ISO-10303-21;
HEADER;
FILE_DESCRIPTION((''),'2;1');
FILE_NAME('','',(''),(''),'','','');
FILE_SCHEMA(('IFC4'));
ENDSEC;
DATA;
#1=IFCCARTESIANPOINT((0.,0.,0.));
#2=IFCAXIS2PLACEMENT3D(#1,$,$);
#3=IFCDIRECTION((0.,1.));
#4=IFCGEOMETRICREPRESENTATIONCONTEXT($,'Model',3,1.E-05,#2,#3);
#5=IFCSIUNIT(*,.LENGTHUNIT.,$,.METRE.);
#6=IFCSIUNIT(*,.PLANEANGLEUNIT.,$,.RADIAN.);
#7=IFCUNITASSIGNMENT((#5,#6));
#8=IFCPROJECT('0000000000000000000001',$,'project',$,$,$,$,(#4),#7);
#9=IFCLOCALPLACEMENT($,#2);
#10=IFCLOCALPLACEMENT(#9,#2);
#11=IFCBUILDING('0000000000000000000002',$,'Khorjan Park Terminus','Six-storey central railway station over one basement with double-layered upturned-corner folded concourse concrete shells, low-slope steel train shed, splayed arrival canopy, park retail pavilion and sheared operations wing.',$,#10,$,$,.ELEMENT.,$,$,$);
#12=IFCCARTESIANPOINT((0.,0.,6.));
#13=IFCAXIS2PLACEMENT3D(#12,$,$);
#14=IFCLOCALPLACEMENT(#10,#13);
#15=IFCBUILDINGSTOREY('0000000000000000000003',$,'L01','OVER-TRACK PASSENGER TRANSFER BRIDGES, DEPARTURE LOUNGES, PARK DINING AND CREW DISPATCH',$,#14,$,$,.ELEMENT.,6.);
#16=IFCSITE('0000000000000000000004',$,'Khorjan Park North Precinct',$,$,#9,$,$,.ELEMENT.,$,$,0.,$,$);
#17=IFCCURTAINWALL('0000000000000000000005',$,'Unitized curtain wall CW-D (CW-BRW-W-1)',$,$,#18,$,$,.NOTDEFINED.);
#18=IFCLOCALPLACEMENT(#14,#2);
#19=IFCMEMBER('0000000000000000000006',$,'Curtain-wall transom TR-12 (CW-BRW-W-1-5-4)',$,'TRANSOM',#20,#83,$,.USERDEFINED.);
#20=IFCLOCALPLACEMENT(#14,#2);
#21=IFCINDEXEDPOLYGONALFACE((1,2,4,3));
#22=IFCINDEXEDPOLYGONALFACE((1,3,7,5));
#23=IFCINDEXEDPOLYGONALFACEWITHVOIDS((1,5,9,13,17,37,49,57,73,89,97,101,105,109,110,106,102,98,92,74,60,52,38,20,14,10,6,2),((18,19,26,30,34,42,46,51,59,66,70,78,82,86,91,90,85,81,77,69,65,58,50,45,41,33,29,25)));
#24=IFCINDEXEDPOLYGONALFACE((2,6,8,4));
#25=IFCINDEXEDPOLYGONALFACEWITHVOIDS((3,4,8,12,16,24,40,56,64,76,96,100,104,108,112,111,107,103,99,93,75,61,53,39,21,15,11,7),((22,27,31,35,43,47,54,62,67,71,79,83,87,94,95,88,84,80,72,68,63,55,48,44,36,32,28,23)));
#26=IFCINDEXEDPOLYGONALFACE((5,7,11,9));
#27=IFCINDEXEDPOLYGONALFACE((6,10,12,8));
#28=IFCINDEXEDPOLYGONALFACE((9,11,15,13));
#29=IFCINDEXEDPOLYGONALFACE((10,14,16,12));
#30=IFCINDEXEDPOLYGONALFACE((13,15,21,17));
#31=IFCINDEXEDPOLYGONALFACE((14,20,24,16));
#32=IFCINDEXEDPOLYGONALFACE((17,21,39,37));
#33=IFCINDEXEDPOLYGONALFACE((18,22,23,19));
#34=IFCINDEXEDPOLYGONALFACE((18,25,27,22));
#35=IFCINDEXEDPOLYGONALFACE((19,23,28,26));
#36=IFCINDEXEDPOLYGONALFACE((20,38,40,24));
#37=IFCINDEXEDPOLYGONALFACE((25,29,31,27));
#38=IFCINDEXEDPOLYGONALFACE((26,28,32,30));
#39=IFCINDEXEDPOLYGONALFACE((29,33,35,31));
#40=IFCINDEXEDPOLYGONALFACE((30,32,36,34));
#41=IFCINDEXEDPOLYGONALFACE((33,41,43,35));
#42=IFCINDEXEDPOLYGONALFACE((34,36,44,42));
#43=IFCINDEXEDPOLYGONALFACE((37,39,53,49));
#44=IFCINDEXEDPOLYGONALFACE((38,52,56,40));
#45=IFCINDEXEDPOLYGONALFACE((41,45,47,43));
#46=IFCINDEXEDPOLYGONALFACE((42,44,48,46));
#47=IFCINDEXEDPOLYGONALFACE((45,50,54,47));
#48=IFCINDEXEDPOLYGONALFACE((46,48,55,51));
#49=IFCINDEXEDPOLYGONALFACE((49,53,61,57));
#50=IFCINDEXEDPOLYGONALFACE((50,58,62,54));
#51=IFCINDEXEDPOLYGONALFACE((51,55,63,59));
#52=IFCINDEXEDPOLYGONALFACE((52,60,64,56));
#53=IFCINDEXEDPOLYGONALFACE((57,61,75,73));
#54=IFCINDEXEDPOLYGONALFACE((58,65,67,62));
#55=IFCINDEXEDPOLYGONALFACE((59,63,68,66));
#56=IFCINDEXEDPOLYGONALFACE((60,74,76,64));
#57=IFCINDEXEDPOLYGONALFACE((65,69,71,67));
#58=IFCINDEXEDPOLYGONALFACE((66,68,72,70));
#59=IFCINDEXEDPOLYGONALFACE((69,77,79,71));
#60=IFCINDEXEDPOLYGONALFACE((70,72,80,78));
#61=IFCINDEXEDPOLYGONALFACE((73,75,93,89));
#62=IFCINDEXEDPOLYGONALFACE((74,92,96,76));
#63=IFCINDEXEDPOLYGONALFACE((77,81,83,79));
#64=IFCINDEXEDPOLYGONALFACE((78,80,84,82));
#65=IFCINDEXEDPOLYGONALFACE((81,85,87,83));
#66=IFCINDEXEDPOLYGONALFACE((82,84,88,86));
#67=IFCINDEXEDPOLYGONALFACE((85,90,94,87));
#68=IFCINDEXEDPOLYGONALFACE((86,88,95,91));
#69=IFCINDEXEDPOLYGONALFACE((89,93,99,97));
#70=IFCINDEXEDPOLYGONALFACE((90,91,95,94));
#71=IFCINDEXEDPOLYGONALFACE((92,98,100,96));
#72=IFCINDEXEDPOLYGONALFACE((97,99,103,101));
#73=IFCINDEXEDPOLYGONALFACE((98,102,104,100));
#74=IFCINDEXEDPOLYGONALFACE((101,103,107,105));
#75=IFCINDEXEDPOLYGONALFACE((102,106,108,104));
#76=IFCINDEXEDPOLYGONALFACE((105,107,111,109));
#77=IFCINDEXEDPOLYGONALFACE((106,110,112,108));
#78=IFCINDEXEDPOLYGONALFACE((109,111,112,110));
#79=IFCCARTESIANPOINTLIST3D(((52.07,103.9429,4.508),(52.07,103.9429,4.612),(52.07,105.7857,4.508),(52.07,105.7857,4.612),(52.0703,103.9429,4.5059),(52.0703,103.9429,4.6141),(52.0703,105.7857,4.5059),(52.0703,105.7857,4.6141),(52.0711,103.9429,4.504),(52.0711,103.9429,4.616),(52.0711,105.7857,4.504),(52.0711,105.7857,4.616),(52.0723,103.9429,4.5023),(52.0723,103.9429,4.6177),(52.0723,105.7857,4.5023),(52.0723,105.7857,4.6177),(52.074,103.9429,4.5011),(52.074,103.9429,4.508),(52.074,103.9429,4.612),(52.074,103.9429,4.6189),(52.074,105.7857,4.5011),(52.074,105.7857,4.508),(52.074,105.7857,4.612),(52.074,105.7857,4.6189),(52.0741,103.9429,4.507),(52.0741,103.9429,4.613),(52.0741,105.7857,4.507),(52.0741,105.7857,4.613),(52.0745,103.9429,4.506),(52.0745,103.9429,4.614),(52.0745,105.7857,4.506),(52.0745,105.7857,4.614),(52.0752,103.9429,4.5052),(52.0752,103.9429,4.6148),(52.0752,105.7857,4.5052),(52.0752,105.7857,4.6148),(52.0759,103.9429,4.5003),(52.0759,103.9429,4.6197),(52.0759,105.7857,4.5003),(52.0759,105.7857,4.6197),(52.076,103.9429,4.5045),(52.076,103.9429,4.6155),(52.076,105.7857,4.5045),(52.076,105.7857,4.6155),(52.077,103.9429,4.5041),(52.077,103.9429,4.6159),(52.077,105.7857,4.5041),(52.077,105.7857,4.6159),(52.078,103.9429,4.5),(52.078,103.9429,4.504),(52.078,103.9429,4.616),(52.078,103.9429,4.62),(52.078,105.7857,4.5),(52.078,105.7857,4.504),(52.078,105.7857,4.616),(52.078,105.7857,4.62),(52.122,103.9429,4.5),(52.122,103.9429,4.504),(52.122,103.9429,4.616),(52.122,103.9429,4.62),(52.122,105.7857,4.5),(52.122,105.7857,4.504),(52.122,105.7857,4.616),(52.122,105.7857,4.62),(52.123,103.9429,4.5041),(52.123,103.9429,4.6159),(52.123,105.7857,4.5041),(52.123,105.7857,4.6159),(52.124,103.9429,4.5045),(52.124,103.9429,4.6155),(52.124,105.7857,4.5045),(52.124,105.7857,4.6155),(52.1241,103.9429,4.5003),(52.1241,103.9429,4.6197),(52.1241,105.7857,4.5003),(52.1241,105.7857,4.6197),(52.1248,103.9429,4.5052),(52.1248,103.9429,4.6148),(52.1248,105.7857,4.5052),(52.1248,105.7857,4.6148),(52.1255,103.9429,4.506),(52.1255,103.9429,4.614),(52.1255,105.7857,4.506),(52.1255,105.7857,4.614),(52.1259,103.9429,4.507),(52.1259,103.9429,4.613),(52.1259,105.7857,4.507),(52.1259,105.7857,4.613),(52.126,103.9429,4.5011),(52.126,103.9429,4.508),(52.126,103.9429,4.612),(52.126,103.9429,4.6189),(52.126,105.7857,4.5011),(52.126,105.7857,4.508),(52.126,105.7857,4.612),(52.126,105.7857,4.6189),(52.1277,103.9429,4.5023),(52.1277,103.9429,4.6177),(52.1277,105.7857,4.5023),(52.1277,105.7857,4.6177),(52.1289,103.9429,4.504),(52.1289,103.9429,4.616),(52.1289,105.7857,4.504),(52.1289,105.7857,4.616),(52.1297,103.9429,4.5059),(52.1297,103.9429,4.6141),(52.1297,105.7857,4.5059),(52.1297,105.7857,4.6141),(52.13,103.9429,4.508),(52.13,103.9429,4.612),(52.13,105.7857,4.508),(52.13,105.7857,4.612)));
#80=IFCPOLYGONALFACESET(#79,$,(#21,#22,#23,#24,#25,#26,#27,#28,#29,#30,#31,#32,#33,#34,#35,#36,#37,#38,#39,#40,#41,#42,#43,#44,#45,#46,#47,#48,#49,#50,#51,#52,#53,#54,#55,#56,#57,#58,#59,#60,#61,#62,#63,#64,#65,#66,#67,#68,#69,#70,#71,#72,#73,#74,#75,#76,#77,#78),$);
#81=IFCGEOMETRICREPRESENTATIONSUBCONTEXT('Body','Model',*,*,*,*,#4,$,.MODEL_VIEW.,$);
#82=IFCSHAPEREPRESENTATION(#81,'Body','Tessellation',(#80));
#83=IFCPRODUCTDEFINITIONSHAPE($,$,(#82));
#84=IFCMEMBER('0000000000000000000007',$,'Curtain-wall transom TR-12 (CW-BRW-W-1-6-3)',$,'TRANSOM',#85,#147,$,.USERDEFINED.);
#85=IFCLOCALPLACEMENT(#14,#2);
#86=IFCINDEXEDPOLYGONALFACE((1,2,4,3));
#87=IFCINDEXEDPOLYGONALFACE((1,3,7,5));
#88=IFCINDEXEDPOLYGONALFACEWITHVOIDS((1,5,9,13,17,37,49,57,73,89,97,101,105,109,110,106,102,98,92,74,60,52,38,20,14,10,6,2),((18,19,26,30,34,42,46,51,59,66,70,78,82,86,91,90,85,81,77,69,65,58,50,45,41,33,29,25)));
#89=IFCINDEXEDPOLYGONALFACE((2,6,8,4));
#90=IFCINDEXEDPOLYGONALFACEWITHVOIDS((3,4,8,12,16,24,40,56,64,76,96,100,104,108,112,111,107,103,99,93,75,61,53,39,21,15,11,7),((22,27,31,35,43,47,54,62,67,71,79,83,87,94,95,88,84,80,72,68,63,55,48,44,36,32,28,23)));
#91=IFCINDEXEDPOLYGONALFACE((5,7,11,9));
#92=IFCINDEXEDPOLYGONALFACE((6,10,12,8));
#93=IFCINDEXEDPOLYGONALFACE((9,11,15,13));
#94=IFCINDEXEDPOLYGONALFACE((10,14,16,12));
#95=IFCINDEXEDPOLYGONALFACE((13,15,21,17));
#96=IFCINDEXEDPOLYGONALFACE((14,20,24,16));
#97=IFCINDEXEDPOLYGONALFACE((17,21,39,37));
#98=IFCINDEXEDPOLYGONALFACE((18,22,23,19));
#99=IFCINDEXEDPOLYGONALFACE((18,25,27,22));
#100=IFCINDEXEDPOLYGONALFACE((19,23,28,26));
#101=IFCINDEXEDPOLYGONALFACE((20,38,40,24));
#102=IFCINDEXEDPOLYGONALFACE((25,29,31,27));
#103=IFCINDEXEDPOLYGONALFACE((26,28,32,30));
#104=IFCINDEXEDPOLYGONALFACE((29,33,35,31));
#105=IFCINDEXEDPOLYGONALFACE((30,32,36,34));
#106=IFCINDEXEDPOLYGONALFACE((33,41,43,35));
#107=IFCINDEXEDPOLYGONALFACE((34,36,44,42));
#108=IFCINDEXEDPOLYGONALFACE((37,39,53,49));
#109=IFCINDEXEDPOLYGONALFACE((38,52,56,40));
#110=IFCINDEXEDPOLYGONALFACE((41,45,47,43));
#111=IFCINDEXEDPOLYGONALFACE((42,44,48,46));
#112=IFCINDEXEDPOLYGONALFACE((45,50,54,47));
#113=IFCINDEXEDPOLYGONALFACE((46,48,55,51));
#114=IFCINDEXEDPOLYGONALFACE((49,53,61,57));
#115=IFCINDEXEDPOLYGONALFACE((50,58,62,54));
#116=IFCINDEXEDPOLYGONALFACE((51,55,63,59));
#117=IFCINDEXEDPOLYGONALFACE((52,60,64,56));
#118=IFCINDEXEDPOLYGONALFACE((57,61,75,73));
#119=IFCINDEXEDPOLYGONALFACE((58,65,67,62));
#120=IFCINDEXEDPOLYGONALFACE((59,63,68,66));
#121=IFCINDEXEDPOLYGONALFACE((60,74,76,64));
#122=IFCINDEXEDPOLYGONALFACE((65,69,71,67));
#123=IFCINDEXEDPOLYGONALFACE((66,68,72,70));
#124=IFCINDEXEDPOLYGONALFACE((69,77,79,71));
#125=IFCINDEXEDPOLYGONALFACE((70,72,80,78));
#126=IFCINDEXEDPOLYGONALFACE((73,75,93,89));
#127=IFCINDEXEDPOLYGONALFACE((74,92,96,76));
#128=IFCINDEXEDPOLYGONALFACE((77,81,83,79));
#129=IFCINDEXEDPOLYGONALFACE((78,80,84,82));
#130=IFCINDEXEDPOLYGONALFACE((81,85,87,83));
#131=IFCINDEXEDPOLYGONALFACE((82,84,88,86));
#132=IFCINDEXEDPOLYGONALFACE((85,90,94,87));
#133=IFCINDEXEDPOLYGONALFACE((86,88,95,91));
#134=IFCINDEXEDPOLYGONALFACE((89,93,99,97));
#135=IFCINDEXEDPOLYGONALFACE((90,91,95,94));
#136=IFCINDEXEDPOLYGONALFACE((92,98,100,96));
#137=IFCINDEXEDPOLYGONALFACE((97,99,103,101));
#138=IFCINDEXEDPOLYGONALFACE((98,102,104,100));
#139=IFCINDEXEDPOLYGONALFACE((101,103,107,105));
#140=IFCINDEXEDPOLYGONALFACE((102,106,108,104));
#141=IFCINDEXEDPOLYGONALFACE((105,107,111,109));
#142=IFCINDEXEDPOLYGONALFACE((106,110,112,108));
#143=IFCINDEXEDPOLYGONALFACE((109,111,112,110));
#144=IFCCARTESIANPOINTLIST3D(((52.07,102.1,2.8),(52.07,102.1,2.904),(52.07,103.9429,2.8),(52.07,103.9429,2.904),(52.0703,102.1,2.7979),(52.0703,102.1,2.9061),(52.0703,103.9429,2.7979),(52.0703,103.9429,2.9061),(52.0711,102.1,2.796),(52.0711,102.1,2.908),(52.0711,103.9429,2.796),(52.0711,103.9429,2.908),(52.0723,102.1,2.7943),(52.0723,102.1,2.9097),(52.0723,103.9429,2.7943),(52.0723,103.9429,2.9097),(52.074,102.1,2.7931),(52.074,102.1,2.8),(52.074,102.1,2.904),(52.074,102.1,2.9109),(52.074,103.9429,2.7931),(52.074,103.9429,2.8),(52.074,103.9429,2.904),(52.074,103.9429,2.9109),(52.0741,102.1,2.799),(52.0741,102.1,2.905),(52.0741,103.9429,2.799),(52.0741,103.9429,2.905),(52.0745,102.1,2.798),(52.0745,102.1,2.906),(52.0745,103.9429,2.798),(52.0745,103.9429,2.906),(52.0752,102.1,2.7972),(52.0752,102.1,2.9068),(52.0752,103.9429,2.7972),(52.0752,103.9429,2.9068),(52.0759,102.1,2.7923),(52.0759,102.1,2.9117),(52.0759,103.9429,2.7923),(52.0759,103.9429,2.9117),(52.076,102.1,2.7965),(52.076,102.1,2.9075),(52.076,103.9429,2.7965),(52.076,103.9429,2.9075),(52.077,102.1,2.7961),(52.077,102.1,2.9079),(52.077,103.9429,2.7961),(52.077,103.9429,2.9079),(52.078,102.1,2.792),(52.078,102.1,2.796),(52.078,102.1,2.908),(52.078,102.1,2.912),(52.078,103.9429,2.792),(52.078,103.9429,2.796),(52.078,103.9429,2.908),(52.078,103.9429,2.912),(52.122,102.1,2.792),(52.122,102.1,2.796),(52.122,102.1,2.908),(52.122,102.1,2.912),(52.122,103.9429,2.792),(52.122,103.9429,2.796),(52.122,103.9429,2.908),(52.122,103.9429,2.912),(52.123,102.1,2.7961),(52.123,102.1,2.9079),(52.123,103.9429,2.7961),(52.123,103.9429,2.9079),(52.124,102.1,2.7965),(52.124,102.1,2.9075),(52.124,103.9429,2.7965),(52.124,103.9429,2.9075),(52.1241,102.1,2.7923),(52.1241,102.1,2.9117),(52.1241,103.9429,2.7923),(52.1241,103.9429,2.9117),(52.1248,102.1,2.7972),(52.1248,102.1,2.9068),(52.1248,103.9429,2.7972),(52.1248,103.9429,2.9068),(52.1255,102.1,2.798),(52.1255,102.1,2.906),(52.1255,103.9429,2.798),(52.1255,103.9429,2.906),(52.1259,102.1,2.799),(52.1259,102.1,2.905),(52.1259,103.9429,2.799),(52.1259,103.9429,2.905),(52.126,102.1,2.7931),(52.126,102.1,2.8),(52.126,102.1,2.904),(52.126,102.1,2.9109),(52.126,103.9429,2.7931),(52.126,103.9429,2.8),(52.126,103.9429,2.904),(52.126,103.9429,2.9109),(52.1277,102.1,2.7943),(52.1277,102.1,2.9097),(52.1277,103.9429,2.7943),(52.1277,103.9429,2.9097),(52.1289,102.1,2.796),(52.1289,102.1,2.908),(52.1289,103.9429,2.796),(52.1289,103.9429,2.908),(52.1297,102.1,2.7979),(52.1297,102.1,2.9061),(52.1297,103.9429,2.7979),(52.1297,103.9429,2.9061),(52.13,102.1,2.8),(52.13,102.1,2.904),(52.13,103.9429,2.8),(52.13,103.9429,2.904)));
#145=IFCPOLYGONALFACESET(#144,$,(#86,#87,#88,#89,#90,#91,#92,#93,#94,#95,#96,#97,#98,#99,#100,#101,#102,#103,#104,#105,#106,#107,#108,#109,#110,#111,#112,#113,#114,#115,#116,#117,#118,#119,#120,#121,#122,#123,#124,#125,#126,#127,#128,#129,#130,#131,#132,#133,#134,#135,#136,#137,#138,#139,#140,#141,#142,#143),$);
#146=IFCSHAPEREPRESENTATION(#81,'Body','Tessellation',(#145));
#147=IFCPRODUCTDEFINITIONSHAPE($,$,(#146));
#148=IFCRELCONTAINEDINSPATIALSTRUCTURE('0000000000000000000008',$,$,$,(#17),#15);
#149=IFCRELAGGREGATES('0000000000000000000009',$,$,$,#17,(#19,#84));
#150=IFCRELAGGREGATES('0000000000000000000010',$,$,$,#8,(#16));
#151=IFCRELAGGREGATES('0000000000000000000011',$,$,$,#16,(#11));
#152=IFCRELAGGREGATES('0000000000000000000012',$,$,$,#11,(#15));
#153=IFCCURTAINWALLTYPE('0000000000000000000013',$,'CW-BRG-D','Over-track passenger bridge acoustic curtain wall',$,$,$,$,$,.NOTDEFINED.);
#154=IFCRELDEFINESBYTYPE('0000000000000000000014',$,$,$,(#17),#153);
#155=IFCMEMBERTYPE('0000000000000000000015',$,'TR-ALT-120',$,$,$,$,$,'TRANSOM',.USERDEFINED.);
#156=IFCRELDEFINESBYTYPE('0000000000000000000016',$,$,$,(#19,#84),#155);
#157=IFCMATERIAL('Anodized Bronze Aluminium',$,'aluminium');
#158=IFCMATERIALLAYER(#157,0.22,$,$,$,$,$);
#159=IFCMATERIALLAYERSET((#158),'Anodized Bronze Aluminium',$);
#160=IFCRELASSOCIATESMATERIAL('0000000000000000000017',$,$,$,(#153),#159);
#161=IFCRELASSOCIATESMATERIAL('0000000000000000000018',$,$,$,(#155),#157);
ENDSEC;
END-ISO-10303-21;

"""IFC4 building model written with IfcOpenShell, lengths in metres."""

from ifc_helpers import new_model, si_unit, direction, frame, origin, origin_2d, place, context, subcontext, project, spatial, hollow_rectangle, extrude, material, layer, layer_set, material_profile, profile_set, type_object, element, aggregate, save


model = new_model("IFC4")

# Units and contexts
model_context = context("Model", 3, precision=1e-05, world=origin(), true_north=direction((0.0, 1.0)))
body_context = subcontext(model_context, "Body", "Model", "MODEL_VIEW")
ifc_project = project(units=[si_unit("LENGTHUNIT", "METRE"), si_unit("PLANEANGLEUNIT", "RADIAN")], contexts=[model_context])

# Site, building, storey
site_placement = place(None, origin())
site = spatial("IfcSite", under=ifc_project, at=site_placement, Name="Khorjan Park North Precinct", CompositionType="ELEMENT", RefElevation=0.0)
building_placement = place(site_placement, origin())
building = spatial("IfcBuilding", under=site, at=building_placement, Name="Khorjan Park Terminus", Description="Six-storey central railway station over one basement with double-layered upturned-corner folded concourse concrete shells, low-slope steel train shed, splayed arrival canopy, park retail pavilion and sheared operations wing.", CompositionType="ELEMENT")
storey_placement = place(building_placement, frame((0.0, 0.0, 6.0)))
storey = spatial("IfcBuildingStorey", under=building, at=storey_placement, Name="L01", Description="OVER-TRACK PASSENGER TRANSFER BRIDGES, DEPARTURE LOUNGES, PARK DINING AND CREW DISPATCH", CompositionType="ELEMENT", Elevation=6.0)

# Curtain wall, members
ifc_material_1 = material(Name="Anodized Bronze Aluminium", Category="aluminium")
ifc_layer_1 = layer(ifc_material_1, 0.22)
ifc_layer_set_1 = layer_set([ifc_layer_1], Name="Anodized Bronze Aluminium")
curtain_wall_type = type_object("IfcCurtainWallType", Name="CW-BRG-D", Description="Over-track passenger bridge acoustic curtain wall", PredefinedType="NOTDEFINED", material=ifc_layer_set_1)
curtain_wall_placement = place(storey_placement, origin())
curtain_wall = element("IfcCurtainWall", 1, at=curtain_wall_placement, inside=storey, type_object=curtain_wall_type, Name="Unitized curtain wall CW-D (CW-BRW-W-1)", PredefinedType="NOTDEFINED")
ifc_material_profile_1 = material_profile(ifc_material_1, hollow_rectangle(XDim=0.06, YDim=0.12, WallThickness=0.004, InnerFilletRadius=0.004, OuterFilletRadius=0.008, at=origin_2d()), Name="ALT 60x120x4")
ifc_profile_set_1 = profile_set([ifc_material_profile_1], Name="Anodized Bronze Aluminium")
member_type_1 = type_object("IfcMemberType", Name="TR-ALT-120", ElementType="TRANSOM", PredefinedType="USERDEFINED", material=ifc_profile_set_1)
member_1_placement = place(storey_placement, frame((52.1, 105.7857, 4.56), z_axis=(0.0, -1.0, 0.0), x_axis=(1.0, 0.0, 0.0)))
member_1 = element("IfcMember", 2, at=member_1_placement, type_object=member_type_1, Name="Curtain-wall transom TR-12 (CW-BRW-W-1-5-4)", ObjectType="TRANSOM", PredefinedType="USERDEFINED", context=body_context, shape_type="SweptSolid", body=[
    extrude(hollow_rectangle(XDim=0.06, YDim=0.12, WallThickness=0.004, InnerFilletRadius=0.004, OuterFilletRadius=0.008, at=origin_2d()), origin(), (0.0, 0.0, 1.0), 1.8428),
])
member_2_placement = place(storey_placement, frame((52.1, 103.9429, 2.852), z_axis=(0.0, -1.0, 0.0), x_axis=(1.0, 0.0, 0.0)))
member_2 = element("IfcMember", 3, at=member_2_placement, type_object=member_type_1, Name="Curtain-wall transom TR-12 (CW-BRW-W-1-6-3)", ObjectType="TRANSOM", PredefinedType="USERDEFINED", context=body_context, shape_type="SweptSolid", body=[
    extrude(hollow_rectangle(XDim=0.06, YDim=0.12, WallThickness=0.004, InnerFilletRadius=0.004, OuterFilletRadius=0.008, at=origin_2d()), origin(), (0.0, 0.0, 1.0), 1.8429),
])
aggregate(curtain_wall, [member_1, member_2])

save(model, "model.ifc")
